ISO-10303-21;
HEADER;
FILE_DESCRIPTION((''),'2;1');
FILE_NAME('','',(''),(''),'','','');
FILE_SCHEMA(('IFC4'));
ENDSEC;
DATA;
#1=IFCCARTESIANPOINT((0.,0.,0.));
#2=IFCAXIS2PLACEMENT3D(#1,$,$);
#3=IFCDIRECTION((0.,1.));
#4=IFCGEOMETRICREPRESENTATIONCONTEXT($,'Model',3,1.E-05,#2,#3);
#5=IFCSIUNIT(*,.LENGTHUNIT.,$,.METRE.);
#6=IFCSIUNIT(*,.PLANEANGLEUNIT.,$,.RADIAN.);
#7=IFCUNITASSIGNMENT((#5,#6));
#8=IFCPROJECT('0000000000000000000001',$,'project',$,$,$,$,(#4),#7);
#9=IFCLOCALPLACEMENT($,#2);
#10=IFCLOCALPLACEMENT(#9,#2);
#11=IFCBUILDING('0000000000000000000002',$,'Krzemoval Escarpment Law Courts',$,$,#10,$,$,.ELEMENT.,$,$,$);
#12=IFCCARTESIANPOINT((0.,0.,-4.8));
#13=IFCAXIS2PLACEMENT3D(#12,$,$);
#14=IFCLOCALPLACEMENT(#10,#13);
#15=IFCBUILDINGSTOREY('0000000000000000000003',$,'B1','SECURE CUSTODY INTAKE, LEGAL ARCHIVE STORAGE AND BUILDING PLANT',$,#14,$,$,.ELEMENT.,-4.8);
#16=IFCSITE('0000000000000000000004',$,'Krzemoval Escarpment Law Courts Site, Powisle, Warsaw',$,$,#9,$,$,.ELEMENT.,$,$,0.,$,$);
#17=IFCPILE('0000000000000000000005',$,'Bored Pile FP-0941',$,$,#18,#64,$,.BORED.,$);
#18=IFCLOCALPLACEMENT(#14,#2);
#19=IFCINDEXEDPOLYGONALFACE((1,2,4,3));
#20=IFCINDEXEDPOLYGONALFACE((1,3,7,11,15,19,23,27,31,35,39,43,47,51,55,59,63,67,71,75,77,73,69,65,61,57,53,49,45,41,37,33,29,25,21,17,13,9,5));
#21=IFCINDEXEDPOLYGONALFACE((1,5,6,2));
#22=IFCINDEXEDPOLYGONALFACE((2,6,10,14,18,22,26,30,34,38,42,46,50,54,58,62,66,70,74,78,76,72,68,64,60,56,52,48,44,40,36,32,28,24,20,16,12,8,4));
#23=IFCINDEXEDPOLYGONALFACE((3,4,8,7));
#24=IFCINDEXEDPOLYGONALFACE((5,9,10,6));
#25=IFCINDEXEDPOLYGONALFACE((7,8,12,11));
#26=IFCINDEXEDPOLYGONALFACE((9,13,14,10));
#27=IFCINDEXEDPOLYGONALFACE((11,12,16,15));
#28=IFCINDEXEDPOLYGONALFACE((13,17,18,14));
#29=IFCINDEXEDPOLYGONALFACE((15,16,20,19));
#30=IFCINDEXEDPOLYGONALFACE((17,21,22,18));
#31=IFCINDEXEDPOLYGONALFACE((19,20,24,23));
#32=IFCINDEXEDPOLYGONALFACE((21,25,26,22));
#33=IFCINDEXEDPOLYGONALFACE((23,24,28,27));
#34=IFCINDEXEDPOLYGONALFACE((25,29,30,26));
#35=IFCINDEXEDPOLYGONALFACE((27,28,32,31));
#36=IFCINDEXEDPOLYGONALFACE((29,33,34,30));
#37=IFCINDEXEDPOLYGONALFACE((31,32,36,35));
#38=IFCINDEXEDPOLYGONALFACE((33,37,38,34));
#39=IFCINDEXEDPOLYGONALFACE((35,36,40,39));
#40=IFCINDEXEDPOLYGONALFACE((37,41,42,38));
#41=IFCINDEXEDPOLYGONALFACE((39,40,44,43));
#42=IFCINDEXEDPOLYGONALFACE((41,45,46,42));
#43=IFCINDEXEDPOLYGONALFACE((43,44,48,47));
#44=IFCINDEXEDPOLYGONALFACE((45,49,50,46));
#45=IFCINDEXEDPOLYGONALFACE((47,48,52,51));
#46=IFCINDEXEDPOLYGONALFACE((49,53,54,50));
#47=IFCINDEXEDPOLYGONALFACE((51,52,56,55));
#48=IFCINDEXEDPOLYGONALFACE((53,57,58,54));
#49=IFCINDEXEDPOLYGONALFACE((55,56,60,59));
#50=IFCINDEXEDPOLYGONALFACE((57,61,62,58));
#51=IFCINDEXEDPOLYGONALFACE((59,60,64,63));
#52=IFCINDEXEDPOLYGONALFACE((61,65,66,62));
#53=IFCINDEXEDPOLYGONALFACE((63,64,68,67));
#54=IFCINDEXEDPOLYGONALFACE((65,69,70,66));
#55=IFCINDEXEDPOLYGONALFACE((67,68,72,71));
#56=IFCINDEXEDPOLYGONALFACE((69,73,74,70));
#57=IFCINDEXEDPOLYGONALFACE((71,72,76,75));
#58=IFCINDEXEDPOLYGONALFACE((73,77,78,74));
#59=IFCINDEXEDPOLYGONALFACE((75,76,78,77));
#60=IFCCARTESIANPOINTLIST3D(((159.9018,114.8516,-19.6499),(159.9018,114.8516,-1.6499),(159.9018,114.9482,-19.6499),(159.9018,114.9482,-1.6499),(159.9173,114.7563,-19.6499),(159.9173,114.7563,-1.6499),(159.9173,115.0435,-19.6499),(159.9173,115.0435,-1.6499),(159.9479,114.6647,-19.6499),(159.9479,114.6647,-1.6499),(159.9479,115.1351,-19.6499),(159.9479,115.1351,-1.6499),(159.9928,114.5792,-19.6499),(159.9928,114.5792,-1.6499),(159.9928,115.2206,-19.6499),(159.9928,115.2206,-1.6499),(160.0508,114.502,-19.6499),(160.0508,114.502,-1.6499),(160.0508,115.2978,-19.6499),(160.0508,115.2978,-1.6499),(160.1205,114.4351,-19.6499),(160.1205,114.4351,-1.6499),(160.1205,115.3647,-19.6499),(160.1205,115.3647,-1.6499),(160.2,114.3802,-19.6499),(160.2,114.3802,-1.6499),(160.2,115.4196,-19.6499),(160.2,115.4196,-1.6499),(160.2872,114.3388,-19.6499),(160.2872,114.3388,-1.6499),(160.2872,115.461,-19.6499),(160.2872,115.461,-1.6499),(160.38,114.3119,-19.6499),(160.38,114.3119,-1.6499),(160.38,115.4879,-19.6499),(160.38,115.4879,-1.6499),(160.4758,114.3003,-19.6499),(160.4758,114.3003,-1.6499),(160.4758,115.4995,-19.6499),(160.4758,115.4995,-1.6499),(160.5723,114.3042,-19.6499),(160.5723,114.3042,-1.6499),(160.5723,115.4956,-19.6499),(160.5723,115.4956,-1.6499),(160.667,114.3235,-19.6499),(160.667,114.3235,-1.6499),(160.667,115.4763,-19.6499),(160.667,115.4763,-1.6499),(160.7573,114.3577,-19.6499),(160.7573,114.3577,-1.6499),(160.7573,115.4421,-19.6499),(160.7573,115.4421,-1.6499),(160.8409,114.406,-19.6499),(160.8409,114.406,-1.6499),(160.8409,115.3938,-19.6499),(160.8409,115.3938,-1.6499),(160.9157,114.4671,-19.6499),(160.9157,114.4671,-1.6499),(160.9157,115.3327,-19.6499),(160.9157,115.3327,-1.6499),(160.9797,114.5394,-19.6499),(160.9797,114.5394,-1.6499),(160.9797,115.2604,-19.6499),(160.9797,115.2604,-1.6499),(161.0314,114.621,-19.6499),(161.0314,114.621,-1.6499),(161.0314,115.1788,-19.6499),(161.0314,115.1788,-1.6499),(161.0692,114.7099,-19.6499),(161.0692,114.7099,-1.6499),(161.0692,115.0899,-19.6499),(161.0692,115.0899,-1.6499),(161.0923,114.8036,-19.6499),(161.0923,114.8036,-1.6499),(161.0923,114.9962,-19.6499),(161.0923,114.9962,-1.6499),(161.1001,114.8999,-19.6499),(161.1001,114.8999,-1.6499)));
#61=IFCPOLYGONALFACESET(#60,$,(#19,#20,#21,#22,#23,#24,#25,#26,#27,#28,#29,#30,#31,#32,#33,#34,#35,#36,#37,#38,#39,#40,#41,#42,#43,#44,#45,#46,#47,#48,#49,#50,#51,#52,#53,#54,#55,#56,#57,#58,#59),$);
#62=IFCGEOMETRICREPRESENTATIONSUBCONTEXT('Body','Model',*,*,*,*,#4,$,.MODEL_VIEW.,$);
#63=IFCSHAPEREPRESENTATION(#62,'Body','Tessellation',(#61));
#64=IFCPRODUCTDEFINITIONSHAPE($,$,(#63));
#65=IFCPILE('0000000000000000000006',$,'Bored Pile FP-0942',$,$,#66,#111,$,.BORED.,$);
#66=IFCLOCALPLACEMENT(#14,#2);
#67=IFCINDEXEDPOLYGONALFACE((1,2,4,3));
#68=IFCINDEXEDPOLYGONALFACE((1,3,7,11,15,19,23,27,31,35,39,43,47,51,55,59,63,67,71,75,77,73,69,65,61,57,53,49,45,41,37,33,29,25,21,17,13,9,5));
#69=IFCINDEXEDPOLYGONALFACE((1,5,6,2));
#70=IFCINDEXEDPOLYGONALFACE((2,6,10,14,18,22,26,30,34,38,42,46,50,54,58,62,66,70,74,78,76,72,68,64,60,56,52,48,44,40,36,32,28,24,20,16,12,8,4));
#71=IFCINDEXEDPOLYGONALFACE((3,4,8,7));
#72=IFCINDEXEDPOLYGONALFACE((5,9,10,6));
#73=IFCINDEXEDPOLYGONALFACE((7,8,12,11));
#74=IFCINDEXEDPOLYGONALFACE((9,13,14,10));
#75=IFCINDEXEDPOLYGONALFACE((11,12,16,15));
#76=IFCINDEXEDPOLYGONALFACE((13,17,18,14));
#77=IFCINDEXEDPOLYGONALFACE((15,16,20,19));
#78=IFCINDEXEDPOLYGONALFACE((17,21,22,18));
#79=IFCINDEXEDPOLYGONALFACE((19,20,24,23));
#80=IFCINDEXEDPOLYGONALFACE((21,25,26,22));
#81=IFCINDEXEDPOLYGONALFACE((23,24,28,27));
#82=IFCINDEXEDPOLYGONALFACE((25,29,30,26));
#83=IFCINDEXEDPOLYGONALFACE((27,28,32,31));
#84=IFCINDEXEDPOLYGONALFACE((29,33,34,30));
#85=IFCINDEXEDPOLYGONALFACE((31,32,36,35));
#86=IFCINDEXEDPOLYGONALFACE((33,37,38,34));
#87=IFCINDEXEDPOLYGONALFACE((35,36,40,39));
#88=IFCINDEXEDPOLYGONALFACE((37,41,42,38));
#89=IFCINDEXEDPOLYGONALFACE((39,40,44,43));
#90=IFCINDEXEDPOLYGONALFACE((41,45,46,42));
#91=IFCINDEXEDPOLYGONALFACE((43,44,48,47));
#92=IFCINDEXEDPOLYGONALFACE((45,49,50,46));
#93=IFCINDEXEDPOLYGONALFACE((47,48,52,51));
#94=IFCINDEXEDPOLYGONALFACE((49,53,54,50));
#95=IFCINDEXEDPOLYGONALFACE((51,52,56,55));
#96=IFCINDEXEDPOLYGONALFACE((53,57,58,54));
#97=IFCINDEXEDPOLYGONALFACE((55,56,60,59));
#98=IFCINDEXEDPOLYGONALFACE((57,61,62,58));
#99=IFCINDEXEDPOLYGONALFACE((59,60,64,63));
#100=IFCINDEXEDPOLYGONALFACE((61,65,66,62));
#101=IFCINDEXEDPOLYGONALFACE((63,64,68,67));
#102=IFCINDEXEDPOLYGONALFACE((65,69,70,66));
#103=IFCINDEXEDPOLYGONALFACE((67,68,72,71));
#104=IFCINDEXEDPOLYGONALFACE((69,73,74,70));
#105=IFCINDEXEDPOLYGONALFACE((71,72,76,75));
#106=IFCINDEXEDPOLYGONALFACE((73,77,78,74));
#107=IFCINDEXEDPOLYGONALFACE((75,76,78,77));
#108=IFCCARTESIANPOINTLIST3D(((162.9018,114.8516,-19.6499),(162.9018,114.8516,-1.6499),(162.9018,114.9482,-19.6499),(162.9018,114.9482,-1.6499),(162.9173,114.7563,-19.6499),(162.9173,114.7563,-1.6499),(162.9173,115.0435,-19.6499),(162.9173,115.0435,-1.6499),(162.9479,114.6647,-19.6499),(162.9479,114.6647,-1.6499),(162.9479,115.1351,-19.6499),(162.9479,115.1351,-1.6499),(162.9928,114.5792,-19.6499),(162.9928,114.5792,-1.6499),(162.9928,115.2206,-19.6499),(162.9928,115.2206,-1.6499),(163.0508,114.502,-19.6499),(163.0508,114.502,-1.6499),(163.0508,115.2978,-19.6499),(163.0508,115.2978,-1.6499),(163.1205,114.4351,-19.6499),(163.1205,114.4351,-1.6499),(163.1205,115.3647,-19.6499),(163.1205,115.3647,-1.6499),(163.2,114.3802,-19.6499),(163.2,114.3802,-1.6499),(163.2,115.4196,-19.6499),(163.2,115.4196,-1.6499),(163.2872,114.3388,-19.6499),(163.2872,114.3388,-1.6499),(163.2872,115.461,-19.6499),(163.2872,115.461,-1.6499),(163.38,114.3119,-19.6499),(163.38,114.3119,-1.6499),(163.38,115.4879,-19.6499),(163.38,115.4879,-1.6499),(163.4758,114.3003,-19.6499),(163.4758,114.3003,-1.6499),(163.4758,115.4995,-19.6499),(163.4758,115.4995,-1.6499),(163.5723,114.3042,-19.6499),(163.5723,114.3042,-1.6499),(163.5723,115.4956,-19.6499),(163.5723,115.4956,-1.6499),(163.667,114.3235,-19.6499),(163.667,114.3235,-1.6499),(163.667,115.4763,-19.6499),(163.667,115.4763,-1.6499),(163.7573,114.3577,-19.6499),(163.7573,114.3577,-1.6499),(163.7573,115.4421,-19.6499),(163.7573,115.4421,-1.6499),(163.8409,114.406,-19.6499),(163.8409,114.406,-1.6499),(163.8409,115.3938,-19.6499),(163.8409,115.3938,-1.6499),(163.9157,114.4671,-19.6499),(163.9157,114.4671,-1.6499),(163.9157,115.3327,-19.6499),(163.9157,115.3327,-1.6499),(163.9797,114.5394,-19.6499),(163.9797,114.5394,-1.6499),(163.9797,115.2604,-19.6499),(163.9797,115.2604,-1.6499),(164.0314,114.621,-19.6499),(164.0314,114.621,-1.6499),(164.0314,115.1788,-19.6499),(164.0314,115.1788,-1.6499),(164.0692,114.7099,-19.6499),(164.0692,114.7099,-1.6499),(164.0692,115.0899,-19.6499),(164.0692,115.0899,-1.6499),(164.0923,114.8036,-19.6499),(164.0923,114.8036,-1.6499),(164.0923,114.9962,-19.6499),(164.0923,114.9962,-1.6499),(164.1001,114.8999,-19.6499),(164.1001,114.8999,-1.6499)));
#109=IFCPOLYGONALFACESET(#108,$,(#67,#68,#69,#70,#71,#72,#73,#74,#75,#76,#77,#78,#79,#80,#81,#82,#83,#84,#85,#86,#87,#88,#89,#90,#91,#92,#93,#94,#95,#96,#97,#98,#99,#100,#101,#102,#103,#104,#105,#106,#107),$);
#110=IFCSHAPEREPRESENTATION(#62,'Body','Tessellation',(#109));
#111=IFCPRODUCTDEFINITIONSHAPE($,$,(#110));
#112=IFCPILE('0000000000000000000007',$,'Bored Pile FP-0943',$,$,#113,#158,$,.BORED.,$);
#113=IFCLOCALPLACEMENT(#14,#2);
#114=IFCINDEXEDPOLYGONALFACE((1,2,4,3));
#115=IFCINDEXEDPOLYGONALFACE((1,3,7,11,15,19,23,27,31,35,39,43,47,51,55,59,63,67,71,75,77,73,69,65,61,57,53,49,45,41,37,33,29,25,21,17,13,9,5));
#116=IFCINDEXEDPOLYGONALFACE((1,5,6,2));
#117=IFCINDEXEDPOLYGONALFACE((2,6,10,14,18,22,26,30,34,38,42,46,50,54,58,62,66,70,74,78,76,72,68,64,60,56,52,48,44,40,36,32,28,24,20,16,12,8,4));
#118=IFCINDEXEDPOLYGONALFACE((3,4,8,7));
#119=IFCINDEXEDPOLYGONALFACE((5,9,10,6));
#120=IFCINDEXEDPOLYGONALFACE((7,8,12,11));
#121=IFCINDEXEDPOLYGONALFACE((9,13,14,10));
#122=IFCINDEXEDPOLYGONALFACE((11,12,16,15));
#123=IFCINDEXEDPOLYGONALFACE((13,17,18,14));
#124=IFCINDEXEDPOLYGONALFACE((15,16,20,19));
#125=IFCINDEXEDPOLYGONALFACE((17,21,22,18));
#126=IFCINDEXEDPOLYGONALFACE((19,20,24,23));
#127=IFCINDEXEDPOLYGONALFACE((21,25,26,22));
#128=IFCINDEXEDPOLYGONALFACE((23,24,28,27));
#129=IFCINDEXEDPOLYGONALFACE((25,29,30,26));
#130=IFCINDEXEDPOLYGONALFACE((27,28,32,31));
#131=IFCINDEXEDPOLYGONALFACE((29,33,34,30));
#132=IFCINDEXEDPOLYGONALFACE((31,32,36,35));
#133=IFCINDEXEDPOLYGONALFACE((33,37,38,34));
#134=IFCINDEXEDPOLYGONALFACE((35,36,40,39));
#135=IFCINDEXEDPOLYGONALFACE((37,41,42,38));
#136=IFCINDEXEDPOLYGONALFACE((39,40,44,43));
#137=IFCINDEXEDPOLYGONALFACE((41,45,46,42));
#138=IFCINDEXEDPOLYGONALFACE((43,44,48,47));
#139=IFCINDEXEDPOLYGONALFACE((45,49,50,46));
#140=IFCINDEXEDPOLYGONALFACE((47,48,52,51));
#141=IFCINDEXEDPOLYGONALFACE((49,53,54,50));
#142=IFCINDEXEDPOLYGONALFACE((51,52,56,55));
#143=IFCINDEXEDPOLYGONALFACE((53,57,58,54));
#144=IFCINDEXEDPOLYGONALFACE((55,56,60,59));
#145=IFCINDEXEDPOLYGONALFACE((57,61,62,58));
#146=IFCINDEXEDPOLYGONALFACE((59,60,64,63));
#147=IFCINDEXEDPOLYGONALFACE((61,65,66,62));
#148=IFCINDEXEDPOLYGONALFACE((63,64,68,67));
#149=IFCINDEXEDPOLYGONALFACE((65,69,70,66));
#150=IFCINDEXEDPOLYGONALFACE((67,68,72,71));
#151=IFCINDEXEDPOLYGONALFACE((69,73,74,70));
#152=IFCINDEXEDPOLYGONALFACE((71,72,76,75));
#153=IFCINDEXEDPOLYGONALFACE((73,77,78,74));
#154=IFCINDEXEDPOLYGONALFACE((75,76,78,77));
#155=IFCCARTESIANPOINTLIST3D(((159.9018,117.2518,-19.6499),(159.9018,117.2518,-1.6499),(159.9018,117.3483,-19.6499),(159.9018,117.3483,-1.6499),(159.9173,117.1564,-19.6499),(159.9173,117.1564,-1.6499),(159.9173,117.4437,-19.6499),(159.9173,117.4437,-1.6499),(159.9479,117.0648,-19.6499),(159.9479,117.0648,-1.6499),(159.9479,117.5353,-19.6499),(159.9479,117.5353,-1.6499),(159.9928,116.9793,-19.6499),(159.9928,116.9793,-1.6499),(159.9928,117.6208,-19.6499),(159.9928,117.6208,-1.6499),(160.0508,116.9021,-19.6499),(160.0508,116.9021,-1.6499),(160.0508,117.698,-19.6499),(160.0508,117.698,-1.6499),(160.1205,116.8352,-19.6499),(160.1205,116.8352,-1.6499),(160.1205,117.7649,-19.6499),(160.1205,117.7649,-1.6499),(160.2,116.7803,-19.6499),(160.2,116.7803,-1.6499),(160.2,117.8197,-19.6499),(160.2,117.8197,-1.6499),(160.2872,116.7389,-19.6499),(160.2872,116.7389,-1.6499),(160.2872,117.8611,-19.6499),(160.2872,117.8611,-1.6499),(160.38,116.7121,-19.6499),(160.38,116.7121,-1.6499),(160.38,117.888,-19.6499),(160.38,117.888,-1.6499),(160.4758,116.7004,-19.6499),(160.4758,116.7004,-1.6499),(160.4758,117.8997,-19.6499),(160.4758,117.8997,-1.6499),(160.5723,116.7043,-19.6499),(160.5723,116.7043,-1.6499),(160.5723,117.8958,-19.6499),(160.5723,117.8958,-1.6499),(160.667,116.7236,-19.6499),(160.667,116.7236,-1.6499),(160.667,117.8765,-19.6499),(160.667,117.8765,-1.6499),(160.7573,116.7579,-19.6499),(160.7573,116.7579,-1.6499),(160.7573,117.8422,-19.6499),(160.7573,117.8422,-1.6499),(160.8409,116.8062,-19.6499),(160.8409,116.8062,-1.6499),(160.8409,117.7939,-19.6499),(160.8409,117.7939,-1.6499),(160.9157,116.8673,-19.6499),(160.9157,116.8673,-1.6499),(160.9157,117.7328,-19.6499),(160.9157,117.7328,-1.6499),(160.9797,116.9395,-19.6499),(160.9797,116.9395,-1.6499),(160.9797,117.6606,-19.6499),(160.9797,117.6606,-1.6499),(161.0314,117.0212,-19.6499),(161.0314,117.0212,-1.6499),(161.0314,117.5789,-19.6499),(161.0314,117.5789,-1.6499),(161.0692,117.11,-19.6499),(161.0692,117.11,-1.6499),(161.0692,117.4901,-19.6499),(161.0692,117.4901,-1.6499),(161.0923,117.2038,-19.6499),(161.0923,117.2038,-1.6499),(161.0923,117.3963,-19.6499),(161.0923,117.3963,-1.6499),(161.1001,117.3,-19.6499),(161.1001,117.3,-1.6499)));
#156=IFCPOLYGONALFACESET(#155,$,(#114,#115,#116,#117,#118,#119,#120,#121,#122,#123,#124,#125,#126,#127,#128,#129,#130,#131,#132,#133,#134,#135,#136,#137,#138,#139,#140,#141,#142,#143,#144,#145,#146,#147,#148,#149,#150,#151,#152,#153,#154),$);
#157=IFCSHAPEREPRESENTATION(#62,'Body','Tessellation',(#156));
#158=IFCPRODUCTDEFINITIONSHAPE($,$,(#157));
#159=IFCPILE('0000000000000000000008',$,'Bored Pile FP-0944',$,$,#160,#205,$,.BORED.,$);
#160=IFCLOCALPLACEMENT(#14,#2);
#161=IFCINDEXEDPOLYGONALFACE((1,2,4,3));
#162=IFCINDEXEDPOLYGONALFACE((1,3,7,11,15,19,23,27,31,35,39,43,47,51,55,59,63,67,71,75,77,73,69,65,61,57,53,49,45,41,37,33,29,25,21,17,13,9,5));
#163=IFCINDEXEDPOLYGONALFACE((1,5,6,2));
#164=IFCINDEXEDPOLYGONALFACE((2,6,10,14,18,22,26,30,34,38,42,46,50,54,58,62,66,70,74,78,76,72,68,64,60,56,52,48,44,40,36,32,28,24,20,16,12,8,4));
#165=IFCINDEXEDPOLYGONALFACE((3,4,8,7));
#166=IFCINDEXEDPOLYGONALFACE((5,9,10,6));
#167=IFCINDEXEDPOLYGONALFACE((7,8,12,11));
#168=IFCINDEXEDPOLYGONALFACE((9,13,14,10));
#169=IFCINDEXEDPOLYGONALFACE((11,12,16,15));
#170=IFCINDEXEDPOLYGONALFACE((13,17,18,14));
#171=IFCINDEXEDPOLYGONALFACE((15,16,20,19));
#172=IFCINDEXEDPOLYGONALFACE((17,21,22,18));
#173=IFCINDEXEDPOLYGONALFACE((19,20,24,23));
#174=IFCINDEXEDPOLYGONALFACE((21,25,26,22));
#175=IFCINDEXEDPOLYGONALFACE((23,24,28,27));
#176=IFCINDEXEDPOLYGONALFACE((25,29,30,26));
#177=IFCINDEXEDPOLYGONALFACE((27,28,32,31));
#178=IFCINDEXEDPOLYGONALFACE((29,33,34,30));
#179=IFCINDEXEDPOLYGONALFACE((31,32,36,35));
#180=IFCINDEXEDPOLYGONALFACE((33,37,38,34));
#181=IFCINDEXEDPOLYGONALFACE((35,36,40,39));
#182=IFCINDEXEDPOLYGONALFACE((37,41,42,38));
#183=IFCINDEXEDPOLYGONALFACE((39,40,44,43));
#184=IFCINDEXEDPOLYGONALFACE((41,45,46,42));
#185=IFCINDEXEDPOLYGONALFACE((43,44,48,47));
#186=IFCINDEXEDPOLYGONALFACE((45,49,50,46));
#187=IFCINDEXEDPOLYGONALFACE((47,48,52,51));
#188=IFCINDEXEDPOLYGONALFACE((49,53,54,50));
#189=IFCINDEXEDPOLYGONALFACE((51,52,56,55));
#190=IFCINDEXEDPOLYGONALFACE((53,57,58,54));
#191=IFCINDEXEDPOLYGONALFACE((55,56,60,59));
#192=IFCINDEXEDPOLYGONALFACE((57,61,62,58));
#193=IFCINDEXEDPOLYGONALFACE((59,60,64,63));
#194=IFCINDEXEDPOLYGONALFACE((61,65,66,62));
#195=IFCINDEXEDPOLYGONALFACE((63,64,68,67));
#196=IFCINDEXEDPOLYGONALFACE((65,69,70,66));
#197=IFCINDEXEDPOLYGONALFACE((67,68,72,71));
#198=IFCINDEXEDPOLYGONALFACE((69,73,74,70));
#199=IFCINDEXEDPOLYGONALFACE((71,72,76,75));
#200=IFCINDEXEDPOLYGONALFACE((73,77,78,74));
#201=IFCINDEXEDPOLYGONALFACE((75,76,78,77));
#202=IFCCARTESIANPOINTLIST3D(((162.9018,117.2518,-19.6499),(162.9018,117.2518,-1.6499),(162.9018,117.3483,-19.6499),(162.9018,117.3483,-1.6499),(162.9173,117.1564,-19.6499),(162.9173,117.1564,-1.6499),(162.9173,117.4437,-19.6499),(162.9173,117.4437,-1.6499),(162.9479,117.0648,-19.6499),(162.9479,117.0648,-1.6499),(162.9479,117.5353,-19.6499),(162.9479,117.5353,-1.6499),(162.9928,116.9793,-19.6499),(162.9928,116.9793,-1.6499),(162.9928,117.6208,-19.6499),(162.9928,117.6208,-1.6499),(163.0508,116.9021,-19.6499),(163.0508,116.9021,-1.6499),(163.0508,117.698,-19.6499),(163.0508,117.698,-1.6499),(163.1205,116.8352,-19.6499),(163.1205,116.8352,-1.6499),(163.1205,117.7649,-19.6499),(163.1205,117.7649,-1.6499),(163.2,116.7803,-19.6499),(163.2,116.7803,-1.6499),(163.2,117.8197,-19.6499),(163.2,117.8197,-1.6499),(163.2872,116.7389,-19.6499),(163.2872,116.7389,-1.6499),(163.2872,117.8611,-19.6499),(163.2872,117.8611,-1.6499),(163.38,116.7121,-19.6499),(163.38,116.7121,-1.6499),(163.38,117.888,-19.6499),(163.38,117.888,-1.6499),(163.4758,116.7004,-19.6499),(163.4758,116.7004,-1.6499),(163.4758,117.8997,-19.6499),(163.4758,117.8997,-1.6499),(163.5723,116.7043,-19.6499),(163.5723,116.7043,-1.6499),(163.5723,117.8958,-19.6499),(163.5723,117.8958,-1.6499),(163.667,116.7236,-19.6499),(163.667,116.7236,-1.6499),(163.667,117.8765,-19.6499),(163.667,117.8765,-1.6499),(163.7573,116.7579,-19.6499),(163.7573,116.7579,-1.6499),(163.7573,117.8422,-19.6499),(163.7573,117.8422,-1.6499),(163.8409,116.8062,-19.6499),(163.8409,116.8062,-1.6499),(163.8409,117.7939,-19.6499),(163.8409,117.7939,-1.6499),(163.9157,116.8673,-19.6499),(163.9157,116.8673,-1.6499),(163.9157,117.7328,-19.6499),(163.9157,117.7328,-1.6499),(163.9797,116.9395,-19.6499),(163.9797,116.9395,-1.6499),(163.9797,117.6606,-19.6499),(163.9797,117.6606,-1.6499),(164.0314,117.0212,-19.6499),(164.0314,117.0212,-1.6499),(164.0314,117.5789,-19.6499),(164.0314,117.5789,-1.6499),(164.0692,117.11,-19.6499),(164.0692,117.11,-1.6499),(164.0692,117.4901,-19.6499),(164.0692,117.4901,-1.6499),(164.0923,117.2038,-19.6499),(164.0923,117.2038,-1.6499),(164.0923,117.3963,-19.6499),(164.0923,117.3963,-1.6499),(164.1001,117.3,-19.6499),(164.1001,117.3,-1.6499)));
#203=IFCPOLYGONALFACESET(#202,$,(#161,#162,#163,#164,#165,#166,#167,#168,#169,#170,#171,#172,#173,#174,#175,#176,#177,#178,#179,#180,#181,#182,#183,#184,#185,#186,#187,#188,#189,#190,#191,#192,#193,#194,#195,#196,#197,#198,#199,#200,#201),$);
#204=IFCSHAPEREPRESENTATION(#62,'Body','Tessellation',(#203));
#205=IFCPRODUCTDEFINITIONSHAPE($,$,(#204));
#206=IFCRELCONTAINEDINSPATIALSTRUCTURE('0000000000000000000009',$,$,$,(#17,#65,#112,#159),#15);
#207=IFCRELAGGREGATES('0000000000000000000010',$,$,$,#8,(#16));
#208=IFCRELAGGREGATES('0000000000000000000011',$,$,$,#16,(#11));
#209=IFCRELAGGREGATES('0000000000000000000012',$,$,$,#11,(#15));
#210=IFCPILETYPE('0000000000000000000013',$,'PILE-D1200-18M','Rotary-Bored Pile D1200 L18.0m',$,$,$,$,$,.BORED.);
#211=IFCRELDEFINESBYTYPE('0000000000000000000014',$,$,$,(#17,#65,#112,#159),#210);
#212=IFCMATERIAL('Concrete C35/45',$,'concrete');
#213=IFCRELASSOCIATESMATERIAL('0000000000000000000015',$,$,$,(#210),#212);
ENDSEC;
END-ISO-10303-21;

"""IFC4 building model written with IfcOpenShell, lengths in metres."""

from ifc_helpers import new_model, si_unit, direction, frame, origin, origin_2d, place, context, subcontext, project, spatial, circle, extrude, material, material_profile, profile_set, type_object, element, save


model = new_model("IFC4")

# Units and contexts
model_context = context("Model", 3, precision=1e-05, world=origin(), true_north=direction((0.0, 1.0)))
body_context = subcontext(model_context, "Body", "Model", "MODEL_VIEW")
ifc_project = project(units=[si_unit("LENGTHUNIT", "METRE"), si_unit("PLANEANGLEUNIT", "RADIAN")], contexts=[model_context])

# Site, building, storey
site_placement = place(None, origin())
site = spatial("IfcSite", under=ifc_project, at=site_placement, Name="Krzemoval Escarpment Law Courts Site, Powisle, Warsaw", CompositionType="ELEMENT", RefElevation=0.0)
building_placement = place(site_placement, origin())
building = spatial("IfcBuilding", under=site, at=building_placement, Name="Krzemoval Escarpment Law Courts", CompositionType="ELEMENT")
storey_placement = place(building_placement, frame((0.0, 0.0, -4.8)))
storey = spatial("IfcBuildingStorey", under=building, at=storey_placement, Name="B1", Description="SECURE CUSTODY INTAKE, LEGAL ARCHIVE STORAGE AND BUILDING PLANT", CompositionType="ELEMENT", Elevation=-4.8)

# Piles
ifc_material_1 = material(Name="Concrete C35/45", Category="concrete")
ifc_material_profile_1 = material_profile(ifc_material_1, circle(Radius=0.6001, at=origin_2d()), Name="PILE D1200")
ifc_profile_set_1 = profile_set([ifc_material_profile_1], Name="Concrete C35/45")
pile_type = type_object("IfcPileType", Name="PILE-D1200-18M", Description="Rotary-Bored Pile D1200 L18.0m", PredefinedType="BORED", material=ifc_profile_set_1)
for number, where, z_axis, x_axis, name in (
    (1, (160.5, 114.8999, -1.6499), (0.0, 0.0, -1.0), (1.0, 0.0, 0.0), "Bored Pile FP-0941"),
    (2, (163.5, 114.8999, -1.6499), (0.0, 0.0, -1.0), (1.0, 0.0, 0.0), "Bored Pile FP-0942"),
    (3, (160.5, 117.3, -1.6499), (0.0, 0.0, -1.0), (1.0, 0.0, 0.0), "Bored Pile FP-0943"),
    (4, (163.5, 117.3, -1.6499), (0.0, 0.0, -1.0), (1.0, 0.0, 0.0), "Bored Pile FP-0944"),
):
    element("IfcPile", number, at=place(storey_placement, frame(where, z_axis=z_axis, x_axis=x_axis)), inside=storey, type_object=pile_type, Name=name, PredefinedType="BORED", context=body_context, shape_type="SweptSolid", body=[
        extrude(circle(Radius=0.6001, at=origin_2d()), origin(), (0.0, 0.0, 1.0), 18.0),
    ])

save(model, "model.ifc")
